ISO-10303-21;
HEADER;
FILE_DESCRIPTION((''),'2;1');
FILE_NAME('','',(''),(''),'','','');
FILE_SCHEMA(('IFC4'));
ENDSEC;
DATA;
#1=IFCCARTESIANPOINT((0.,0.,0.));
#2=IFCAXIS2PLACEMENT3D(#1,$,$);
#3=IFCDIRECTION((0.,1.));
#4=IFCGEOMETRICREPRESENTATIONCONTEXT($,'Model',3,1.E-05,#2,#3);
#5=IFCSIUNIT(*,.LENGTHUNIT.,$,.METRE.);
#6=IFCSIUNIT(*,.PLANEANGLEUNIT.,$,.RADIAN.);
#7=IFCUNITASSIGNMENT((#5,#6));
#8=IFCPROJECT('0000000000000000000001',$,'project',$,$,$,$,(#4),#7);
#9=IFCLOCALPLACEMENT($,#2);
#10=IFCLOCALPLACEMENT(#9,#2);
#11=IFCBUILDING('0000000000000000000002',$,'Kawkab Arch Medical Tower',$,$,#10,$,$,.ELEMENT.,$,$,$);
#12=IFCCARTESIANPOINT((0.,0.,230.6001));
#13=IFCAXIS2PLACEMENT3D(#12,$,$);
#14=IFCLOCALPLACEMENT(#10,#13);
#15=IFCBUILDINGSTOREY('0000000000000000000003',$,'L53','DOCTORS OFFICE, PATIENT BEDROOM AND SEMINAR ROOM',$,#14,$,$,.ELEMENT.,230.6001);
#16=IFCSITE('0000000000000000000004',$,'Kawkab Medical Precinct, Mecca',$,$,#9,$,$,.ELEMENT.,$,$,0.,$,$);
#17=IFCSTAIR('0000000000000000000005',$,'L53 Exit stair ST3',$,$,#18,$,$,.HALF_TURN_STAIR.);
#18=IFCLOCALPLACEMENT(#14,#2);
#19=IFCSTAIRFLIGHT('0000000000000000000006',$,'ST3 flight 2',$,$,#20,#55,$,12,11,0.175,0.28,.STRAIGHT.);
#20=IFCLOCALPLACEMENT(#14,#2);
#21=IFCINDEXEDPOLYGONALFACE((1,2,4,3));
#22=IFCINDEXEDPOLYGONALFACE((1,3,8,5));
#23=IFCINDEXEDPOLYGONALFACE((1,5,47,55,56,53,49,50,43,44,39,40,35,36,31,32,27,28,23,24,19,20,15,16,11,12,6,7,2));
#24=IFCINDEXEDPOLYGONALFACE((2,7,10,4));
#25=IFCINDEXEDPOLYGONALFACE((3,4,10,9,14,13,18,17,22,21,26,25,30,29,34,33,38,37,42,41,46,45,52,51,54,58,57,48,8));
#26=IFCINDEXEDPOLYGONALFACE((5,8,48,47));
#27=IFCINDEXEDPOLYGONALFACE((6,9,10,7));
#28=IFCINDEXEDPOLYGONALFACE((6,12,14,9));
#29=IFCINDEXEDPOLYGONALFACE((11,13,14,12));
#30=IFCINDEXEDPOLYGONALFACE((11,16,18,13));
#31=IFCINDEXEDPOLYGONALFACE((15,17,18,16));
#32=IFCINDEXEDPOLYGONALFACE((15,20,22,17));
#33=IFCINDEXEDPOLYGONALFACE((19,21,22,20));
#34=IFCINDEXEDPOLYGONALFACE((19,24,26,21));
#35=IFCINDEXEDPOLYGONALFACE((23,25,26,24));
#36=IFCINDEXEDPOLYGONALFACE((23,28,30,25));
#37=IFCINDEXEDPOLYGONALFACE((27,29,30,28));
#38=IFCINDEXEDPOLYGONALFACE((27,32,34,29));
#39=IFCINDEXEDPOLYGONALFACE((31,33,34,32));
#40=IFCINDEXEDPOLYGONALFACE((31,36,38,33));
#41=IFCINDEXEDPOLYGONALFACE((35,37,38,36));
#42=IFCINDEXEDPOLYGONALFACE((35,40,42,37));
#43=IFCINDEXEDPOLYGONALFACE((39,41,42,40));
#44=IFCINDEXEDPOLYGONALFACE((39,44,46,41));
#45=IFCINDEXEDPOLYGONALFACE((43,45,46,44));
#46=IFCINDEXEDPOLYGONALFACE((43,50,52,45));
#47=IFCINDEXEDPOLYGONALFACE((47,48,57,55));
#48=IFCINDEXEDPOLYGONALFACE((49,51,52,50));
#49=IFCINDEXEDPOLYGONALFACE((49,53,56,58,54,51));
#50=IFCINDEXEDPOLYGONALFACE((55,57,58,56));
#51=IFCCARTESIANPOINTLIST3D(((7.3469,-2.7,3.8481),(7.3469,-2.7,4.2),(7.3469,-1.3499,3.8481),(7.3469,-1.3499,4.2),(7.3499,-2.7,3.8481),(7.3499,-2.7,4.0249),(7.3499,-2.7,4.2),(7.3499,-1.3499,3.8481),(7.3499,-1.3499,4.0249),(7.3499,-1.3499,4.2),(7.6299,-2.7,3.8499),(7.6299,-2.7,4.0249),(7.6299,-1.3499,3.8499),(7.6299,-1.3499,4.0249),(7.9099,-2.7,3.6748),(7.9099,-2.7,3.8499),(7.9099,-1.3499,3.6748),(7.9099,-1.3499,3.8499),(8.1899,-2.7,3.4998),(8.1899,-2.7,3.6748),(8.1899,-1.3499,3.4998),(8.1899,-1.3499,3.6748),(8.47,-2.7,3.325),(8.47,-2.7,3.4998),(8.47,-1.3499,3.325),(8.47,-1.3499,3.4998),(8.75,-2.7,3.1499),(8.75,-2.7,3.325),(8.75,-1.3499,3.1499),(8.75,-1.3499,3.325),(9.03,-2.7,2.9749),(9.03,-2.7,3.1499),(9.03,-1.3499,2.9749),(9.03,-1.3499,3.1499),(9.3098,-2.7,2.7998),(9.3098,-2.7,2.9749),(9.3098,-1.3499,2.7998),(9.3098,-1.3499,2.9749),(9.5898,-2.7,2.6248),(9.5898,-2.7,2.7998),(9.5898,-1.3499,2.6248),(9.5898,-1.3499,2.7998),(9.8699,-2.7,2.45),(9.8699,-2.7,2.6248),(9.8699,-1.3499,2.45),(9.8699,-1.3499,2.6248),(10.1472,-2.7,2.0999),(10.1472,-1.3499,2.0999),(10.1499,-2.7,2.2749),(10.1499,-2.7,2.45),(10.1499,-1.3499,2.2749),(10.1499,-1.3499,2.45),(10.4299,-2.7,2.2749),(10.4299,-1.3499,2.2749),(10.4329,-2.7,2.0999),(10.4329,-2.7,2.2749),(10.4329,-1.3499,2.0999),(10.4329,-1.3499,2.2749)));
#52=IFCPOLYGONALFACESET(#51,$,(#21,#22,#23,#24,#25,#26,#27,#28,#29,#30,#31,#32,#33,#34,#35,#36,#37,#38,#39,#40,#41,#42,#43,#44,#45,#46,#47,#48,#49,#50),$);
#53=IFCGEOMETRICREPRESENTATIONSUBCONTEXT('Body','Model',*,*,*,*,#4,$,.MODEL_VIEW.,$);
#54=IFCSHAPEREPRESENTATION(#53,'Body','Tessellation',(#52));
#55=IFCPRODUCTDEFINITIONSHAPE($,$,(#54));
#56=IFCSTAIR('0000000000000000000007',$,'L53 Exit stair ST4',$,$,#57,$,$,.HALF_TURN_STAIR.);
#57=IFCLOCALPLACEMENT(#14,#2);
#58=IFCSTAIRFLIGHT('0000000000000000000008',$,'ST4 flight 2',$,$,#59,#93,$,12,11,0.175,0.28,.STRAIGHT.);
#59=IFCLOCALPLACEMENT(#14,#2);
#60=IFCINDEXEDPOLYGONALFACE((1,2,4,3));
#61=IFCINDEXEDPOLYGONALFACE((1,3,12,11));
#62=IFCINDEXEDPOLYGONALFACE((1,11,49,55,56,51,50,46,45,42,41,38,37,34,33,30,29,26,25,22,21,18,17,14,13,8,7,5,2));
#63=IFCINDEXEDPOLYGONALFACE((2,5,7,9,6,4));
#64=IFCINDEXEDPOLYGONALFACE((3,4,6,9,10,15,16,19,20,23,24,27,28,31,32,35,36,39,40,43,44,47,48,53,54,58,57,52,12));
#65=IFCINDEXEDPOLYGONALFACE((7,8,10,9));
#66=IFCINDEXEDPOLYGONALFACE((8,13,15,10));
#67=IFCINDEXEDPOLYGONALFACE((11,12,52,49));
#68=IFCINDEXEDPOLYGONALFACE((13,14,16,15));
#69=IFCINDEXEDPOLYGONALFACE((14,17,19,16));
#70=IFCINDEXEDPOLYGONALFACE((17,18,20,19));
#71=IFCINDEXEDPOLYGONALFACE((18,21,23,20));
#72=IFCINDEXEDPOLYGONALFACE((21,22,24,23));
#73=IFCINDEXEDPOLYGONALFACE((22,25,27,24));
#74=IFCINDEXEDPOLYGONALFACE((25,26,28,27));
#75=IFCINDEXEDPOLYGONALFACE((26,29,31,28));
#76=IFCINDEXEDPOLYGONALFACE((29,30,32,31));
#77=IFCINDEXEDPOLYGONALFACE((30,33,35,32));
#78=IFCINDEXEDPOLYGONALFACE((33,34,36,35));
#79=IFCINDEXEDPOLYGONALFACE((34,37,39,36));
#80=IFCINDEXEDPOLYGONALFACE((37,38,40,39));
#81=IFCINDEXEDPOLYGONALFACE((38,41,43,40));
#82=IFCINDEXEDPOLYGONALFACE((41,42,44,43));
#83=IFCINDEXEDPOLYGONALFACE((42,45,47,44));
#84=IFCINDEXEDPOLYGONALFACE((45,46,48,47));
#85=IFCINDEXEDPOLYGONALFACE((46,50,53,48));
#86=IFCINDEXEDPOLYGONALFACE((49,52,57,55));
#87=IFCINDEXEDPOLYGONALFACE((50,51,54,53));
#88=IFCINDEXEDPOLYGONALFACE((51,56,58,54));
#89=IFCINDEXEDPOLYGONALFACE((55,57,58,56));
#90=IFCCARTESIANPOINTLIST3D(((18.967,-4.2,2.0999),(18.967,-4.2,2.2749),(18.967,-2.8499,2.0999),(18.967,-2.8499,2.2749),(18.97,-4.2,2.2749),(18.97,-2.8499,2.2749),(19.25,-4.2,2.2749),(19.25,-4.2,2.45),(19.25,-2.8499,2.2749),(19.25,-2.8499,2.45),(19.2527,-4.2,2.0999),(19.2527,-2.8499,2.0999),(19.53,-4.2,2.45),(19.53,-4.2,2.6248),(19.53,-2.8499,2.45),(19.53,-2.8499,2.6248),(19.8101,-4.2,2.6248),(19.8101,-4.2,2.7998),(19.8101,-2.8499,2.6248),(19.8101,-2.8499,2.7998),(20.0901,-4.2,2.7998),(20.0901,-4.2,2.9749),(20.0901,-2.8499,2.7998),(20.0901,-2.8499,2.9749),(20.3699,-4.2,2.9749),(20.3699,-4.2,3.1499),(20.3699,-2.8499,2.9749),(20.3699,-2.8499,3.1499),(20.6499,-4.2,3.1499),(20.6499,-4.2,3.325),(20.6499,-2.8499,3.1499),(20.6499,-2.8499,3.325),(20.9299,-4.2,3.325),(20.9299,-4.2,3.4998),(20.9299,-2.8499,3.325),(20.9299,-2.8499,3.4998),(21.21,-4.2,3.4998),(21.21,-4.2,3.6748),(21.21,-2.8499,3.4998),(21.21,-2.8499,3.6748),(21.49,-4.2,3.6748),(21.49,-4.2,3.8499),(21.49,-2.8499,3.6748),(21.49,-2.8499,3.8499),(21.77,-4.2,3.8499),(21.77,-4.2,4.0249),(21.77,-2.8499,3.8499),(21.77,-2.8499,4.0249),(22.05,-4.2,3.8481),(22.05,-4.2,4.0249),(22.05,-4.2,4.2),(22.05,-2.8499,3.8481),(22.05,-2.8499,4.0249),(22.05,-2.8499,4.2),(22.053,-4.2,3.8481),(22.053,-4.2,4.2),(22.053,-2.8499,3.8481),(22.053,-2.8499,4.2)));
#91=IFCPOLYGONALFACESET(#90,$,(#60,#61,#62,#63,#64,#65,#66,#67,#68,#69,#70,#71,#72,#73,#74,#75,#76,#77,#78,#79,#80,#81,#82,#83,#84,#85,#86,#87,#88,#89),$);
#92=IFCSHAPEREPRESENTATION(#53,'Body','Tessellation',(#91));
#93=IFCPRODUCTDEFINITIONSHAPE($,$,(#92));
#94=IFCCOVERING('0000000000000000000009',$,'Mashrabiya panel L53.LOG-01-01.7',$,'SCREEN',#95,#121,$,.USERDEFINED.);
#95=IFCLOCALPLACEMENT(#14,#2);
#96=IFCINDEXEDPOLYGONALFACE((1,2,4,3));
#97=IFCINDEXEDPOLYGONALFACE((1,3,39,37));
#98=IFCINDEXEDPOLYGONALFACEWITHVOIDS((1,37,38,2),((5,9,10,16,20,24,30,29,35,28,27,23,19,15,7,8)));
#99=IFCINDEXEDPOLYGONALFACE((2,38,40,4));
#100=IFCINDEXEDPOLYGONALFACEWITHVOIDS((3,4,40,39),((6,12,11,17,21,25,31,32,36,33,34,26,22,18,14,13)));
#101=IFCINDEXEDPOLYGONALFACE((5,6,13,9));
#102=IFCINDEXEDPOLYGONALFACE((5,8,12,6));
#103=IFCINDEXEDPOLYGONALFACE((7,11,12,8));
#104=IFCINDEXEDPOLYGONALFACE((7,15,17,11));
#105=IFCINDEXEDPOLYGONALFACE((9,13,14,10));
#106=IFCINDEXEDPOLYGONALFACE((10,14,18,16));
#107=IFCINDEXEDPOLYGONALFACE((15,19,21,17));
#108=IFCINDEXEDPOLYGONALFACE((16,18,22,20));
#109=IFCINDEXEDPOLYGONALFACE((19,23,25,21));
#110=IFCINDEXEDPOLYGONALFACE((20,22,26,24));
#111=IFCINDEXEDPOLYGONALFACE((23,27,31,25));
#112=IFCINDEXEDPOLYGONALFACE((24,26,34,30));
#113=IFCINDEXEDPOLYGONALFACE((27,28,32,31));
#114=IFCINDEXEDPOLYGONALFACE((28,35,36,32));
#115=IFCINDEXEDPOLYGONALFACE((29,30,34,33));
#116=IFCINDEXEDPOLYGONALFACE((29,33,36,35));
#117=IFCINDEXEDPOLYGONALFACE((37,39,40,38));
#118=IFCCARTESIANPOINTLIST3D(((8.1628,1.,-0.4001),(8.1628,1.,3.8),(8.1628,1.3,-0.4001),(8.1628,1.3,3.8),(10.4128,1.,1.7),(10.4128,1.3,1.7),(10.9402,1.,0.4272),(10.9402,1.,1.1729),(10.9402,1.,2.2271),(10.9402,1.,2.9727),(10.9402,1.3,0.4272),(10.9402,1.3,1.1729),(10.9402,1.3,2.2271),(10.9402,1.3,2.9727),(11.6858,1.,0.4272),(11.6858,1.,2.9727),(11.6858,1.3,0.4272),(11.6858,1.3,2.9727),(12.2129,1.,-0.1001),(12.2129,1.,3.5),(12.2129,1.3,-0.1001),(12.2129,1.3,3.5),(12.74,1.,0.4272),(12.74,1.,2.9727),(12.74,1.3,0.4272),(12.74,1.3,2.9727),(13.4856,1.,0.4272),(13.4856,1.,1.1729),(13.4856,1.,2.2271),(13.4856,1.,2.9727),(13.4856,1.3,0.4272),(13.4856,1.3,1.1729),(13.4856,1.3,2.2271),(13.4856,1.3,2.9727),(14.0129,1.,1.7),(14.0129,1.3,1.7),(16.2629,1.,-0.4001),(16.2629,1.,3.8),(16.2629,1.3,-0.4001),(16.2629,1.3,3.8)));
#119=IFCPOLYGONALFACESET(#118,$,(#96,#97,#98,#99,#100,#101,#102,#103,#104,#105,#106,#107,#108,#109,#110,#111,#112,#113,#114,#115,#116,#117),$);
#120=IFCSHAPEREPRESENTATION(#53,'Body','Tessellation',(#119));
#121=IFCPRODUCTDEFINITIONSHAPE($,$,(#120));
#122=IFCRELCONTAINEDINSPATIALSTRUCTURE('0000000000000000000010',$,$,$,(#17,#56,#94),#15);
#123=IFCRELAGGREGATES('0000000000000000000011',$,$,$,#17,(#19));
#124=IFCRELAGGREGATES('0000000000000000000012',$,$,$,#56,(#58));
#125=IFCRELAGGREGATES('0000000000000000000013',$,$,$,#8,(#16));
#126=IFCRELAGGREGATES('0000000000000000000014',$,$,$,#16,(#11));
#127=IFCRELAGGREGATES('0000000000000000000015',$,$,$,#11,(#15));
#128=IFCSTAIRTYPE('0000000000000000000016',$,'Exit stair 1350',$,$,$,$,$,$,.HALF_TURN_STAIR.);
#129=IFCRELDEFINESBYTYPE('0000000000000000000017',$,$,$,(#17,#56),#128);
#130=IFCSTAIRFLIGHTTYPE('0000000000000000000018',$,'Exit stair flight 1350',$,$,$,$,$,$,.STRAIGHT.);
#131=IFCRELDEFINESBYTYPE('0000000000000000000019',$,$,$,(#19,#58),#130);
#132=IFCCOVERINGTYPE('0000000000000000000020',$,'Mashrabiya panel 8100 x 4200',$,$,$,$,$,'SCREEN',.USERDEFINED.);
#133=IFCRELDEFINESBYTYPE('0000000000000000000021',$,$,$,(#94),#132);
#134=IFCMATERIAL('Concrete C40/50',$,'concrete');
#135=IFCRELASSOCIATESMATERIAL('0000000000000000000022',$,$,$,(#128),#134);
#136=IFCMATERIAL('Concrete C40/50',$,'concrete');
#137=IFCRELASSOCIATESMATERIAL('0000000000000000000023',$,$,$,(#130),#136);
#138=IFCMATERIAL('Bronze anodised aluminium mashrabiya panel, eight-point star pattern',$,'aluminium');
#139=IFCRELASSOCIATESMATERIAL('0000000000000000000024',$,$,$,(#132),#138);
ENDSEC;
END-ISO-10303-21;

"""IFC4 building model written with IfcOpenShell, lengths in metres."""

from ifc_helpers import new_model, si_unit, direction, frame, origin, place, context, subcontext, project, spatial, polyline, outline, extrude, material, material_profile, profile_set, type_object, element, aggregate, save


model = new_model("IFC4")

# Units and contexts
model_context = context("Model", 3, precision=1e-05, world=origin(), true_north=direction((0.0, 1.0)))
body_context = subcontext(model_context, "Body", "Model", "MODEL_VIEW")
ifc_project = project(units=[si_unit("LENGTHUNIT", "METRE"), si_unit("PLANEANGLEUNIT", "RADIAN")], contexts=[model_context])

# Site, building, storey
site_placement = place(None, origin())
site = spatial("IfcSite", under=ifc_project, at=site_placement, Name="Kawkab Medical Precinct, Mecca", CompositionType="ELEMENT", RefElevation=0.0)
building_placement = place(site_placement, origin())
building = spatial("IfcBuilding", under=site, at=building_placement, Name="Kawkab Arch Medical Tower", CompositionType="ELEMENT")
storey_placement = place(building_placement, frame((0.0, 0.0, 230.6001)))
storey = spatial("IfcBuildingStorey", under=building, at=storey_placement, Name="L53", Description="DOCTORS OFFICE, PATIENT BEDROOM AND SEMINAR ROOM", CompositionType="ELEMENT", Elevation=230.6001)

# Shared definitions
placement = place(storey_placement, origin())

# Stairs, stair flights
ifc_material_1 = material(Name="Concrete C40/50", Category="concrete")
stair_type = type_object("IfcStairType", Name="Exit stair 1350", PredefinedType="HALF_TURN_STAIR", material=ifc_material_1)
stair_1 = element("IfcStair", 1, at=placement, inside=storey, type_object=stair_type, Name="L53 Exit stair ST3", PredefinedType="HALF_TURN_STAIR")
ifc_material_2 = material(Name="Concrete C40/50", Category="concrete")
stair_flight_type = type_object("IfcStairFlightType", Name="Exit stair flight 1350", PredefinedType="STRAIGHT", material=ifc_material_2)
stair_flight_1_placement = place(storey_placement, frame((10.4299, -2.0249, 2.0999), z_axis=(0.0, 0.0, 1.0), x_axis=(-1.0, 0.0, 0.0)))
stair_flight_1 = element("IfcStairFlight", 2, at=stair_flight_1_placement, type_object=stair_flight_type, Name="ST3 flight 2", NumberOfRisers=12, NumberOfTreads=11, PredefinedType="STRAIGHT", RiserHeight=0.175, TreadLength=0.28, context=body_context, shape_type="SweptSolid", body=[
    extrude(outline(polyline([(-0.0029, 0.0), (-0.0029, 0.175), (0.0, 0.175), (0.28, 0.175), (0.28, 0.3501), (0.5601, 0.3501), (0.5601, 0.5249), (0.8401, 0.5249), (0.8401, 0.7), (1.1201, 0.7), (1.1201, 0.875), (1.3999, 0.875), (1.3999, 1.05), (1.6799, 1.05), (1.6799, 1.2251), (1.96, 1.2251), (1.96, 1.3999), (2.24, 1.3999), (2.24, 1.575), (2.52, 1.575), (2.52, 1.75), (2.8, 1.75), (2.8, 1.925), (3.0801, 1.925), (3.0801, 2.1001), (3.083, 2.1001), (3.083, 1.7483), (3.0801, 1.7483), (0.2827, 0.0), (-0.0029, 0.0)])), frame((0.0, 0.675, 0.0), z_axis=(0.0, -1.0, 0.0), x_axis=(1.0, 0.0, 0.0)), (0.0, 0.0, 1.0), 1.3501),
])
aggregate(stair_1, [stair_flight_1])
stair_2 = element("IfcStair", 3, at=placement, inside=storey, type_object=stair_type, Name="L53 Exit stair ST4", PredefinedType="HALF_TURN_STAIR")
stair_flight_2_placement = place(storey_placement, frame((18.97, -3.5249, 2.0999), z_axis=(0.0, 0.0, 1.0), x_axis=(1.0, 0.0, 0.0)))
stair_flight_2 = element("IfcStairFlight", 4, at=stair_flight_2_placement, type_object=stair_flight_type, Name="ST4 flight 2", NumberOfRisers=12, NumberOfTreads=11, PredefinedType="STRAIGHT", RiserHeight=0.175, TreadLength=0.28, context=body_context, shape_type="SweptSolid", body=[
    extrude(outline(polyline([(-0.0029, 0.0), (-0.0029, 0.175), (0.0, 0.175), (0.28, 0.175), (0.28, 0.3501), (0.5601, 0.3501), (0.5601, 0.5249), (0.8401, 0.5249), (0.8401, 0.7), (1.1201, 0.7), (1.1201, 0.875), (1.3999, 0.875), (1.3999, 1.05), (1.6799, 1.05), (1.6799, 1.2251), (1.96, 1.2251), (1.96, 1.3999), (2.24, 1.3999), (2.24, 1.575), (2.52, 1.575), (2.52, 1.75), (2.8, 1.75), (2.8, 1.925), (3.0801, 1.925), (3.0801, 2.1001), (3.083, 2.1001), (3.083, 1.7483), (3.0801, 1.7483), (0.2827, 0.0), (-0.0029, 0.0)])), frame((0.0, 0.675, 0.0), z_axis=(0.0, -1.0, 0.0), x_axis=(1.0, 0.0, 0.0)), (0.0, 0.0, 1.0), 1.3501),
])
aggregate(stair_2, [stair_flight_2])

# Covering
ifc_material_3 = material(Name="Bronze anodised aluminium mashrabiya panel, eight-point star pattern", Category="aluminium")
ifc_material_profile_1 = material_profile(ifc_material_3, outline(polyline([(-4.05, -2.1001), (4.05, -2.1001), (4.05, 2.1001), (-4.05, 2.1001), (-4.05, -2.1001)]), holes=[polyline([(1.8, 0.0), (1.2727, 0.5271), (1.2727, 1.2727), (0.5271, 1.2727), (0.0, 1.8), (-0.5271, 1.2727), (-1.2727, 1.2727), (-1.2727, 0.5271), (-1.8, 0.0), (-1.2727, -0.5271), (-1.2727, -1.2727), (-0.5271, -1.2727), (0.0, -1.8), (0.5271, -1.2727), (1.2727, -1.2727), (1.2727, -0.5271), (1.8, 0.0)])]), Name="Mashrabiya panel 8100x4200")
ifc_profile_set_1 = profile_set([ifc_material_profile_1], Name="Bronze anodised aluminium mashrabiya panel, eight-point star pattern")
covering_type = type_object("IfcCoveringType", Name="Mashrabiya panel 8100 x 4200", ElementType="SCREEN", PredefinedType="USERDEFINED", material=ifc_profile_set_1)
covering_placement = place(storey_placement, frame((12.2129, 1.0, 1.7), z_axis=(0.0, 1.0, 0.0), x_axis=(-1.0, 0.0, 0.0)))
element("IfcCovering", 5, at=covering_placement, inside=storey, type_object=covering_type, Name="Mashrabiya panel L53.LOG-01-01.7", ObjectType="SCREEN", PredefinedType="USERDEFINED", context=body_context, shape_type="SweptSolid", body=[
    extrude(outline(polyline([(-4.05, -2.1001), (4.05, -2.1001), (4.05, 2.1001), (-4.05, 2.1001), (-4.05, -2.1001)]), holes=[polyline([(1.8, 0.0), (1.2727, 0.5271), (1.2727, 1.2727), (0.5271, 1.2727), (0.0, 1.8), (-0.5271, 1.2727), (-1.2727, 1.2727), (-1.2727, 0.5271), (-1.8, 0.0), (-1.2727, -0.5271), (-1.2727, -1.2727), (-0.5271, -1.2727), (0.0, -1.8), (0.5271, -1.2727), (1.2727, -1.2727), (1.2727, -0.5271), (1.8, 0.0)])]), origin(), (0.0, 0.0, 1.0), 0.3),
])

save(model, "model.ifc")
